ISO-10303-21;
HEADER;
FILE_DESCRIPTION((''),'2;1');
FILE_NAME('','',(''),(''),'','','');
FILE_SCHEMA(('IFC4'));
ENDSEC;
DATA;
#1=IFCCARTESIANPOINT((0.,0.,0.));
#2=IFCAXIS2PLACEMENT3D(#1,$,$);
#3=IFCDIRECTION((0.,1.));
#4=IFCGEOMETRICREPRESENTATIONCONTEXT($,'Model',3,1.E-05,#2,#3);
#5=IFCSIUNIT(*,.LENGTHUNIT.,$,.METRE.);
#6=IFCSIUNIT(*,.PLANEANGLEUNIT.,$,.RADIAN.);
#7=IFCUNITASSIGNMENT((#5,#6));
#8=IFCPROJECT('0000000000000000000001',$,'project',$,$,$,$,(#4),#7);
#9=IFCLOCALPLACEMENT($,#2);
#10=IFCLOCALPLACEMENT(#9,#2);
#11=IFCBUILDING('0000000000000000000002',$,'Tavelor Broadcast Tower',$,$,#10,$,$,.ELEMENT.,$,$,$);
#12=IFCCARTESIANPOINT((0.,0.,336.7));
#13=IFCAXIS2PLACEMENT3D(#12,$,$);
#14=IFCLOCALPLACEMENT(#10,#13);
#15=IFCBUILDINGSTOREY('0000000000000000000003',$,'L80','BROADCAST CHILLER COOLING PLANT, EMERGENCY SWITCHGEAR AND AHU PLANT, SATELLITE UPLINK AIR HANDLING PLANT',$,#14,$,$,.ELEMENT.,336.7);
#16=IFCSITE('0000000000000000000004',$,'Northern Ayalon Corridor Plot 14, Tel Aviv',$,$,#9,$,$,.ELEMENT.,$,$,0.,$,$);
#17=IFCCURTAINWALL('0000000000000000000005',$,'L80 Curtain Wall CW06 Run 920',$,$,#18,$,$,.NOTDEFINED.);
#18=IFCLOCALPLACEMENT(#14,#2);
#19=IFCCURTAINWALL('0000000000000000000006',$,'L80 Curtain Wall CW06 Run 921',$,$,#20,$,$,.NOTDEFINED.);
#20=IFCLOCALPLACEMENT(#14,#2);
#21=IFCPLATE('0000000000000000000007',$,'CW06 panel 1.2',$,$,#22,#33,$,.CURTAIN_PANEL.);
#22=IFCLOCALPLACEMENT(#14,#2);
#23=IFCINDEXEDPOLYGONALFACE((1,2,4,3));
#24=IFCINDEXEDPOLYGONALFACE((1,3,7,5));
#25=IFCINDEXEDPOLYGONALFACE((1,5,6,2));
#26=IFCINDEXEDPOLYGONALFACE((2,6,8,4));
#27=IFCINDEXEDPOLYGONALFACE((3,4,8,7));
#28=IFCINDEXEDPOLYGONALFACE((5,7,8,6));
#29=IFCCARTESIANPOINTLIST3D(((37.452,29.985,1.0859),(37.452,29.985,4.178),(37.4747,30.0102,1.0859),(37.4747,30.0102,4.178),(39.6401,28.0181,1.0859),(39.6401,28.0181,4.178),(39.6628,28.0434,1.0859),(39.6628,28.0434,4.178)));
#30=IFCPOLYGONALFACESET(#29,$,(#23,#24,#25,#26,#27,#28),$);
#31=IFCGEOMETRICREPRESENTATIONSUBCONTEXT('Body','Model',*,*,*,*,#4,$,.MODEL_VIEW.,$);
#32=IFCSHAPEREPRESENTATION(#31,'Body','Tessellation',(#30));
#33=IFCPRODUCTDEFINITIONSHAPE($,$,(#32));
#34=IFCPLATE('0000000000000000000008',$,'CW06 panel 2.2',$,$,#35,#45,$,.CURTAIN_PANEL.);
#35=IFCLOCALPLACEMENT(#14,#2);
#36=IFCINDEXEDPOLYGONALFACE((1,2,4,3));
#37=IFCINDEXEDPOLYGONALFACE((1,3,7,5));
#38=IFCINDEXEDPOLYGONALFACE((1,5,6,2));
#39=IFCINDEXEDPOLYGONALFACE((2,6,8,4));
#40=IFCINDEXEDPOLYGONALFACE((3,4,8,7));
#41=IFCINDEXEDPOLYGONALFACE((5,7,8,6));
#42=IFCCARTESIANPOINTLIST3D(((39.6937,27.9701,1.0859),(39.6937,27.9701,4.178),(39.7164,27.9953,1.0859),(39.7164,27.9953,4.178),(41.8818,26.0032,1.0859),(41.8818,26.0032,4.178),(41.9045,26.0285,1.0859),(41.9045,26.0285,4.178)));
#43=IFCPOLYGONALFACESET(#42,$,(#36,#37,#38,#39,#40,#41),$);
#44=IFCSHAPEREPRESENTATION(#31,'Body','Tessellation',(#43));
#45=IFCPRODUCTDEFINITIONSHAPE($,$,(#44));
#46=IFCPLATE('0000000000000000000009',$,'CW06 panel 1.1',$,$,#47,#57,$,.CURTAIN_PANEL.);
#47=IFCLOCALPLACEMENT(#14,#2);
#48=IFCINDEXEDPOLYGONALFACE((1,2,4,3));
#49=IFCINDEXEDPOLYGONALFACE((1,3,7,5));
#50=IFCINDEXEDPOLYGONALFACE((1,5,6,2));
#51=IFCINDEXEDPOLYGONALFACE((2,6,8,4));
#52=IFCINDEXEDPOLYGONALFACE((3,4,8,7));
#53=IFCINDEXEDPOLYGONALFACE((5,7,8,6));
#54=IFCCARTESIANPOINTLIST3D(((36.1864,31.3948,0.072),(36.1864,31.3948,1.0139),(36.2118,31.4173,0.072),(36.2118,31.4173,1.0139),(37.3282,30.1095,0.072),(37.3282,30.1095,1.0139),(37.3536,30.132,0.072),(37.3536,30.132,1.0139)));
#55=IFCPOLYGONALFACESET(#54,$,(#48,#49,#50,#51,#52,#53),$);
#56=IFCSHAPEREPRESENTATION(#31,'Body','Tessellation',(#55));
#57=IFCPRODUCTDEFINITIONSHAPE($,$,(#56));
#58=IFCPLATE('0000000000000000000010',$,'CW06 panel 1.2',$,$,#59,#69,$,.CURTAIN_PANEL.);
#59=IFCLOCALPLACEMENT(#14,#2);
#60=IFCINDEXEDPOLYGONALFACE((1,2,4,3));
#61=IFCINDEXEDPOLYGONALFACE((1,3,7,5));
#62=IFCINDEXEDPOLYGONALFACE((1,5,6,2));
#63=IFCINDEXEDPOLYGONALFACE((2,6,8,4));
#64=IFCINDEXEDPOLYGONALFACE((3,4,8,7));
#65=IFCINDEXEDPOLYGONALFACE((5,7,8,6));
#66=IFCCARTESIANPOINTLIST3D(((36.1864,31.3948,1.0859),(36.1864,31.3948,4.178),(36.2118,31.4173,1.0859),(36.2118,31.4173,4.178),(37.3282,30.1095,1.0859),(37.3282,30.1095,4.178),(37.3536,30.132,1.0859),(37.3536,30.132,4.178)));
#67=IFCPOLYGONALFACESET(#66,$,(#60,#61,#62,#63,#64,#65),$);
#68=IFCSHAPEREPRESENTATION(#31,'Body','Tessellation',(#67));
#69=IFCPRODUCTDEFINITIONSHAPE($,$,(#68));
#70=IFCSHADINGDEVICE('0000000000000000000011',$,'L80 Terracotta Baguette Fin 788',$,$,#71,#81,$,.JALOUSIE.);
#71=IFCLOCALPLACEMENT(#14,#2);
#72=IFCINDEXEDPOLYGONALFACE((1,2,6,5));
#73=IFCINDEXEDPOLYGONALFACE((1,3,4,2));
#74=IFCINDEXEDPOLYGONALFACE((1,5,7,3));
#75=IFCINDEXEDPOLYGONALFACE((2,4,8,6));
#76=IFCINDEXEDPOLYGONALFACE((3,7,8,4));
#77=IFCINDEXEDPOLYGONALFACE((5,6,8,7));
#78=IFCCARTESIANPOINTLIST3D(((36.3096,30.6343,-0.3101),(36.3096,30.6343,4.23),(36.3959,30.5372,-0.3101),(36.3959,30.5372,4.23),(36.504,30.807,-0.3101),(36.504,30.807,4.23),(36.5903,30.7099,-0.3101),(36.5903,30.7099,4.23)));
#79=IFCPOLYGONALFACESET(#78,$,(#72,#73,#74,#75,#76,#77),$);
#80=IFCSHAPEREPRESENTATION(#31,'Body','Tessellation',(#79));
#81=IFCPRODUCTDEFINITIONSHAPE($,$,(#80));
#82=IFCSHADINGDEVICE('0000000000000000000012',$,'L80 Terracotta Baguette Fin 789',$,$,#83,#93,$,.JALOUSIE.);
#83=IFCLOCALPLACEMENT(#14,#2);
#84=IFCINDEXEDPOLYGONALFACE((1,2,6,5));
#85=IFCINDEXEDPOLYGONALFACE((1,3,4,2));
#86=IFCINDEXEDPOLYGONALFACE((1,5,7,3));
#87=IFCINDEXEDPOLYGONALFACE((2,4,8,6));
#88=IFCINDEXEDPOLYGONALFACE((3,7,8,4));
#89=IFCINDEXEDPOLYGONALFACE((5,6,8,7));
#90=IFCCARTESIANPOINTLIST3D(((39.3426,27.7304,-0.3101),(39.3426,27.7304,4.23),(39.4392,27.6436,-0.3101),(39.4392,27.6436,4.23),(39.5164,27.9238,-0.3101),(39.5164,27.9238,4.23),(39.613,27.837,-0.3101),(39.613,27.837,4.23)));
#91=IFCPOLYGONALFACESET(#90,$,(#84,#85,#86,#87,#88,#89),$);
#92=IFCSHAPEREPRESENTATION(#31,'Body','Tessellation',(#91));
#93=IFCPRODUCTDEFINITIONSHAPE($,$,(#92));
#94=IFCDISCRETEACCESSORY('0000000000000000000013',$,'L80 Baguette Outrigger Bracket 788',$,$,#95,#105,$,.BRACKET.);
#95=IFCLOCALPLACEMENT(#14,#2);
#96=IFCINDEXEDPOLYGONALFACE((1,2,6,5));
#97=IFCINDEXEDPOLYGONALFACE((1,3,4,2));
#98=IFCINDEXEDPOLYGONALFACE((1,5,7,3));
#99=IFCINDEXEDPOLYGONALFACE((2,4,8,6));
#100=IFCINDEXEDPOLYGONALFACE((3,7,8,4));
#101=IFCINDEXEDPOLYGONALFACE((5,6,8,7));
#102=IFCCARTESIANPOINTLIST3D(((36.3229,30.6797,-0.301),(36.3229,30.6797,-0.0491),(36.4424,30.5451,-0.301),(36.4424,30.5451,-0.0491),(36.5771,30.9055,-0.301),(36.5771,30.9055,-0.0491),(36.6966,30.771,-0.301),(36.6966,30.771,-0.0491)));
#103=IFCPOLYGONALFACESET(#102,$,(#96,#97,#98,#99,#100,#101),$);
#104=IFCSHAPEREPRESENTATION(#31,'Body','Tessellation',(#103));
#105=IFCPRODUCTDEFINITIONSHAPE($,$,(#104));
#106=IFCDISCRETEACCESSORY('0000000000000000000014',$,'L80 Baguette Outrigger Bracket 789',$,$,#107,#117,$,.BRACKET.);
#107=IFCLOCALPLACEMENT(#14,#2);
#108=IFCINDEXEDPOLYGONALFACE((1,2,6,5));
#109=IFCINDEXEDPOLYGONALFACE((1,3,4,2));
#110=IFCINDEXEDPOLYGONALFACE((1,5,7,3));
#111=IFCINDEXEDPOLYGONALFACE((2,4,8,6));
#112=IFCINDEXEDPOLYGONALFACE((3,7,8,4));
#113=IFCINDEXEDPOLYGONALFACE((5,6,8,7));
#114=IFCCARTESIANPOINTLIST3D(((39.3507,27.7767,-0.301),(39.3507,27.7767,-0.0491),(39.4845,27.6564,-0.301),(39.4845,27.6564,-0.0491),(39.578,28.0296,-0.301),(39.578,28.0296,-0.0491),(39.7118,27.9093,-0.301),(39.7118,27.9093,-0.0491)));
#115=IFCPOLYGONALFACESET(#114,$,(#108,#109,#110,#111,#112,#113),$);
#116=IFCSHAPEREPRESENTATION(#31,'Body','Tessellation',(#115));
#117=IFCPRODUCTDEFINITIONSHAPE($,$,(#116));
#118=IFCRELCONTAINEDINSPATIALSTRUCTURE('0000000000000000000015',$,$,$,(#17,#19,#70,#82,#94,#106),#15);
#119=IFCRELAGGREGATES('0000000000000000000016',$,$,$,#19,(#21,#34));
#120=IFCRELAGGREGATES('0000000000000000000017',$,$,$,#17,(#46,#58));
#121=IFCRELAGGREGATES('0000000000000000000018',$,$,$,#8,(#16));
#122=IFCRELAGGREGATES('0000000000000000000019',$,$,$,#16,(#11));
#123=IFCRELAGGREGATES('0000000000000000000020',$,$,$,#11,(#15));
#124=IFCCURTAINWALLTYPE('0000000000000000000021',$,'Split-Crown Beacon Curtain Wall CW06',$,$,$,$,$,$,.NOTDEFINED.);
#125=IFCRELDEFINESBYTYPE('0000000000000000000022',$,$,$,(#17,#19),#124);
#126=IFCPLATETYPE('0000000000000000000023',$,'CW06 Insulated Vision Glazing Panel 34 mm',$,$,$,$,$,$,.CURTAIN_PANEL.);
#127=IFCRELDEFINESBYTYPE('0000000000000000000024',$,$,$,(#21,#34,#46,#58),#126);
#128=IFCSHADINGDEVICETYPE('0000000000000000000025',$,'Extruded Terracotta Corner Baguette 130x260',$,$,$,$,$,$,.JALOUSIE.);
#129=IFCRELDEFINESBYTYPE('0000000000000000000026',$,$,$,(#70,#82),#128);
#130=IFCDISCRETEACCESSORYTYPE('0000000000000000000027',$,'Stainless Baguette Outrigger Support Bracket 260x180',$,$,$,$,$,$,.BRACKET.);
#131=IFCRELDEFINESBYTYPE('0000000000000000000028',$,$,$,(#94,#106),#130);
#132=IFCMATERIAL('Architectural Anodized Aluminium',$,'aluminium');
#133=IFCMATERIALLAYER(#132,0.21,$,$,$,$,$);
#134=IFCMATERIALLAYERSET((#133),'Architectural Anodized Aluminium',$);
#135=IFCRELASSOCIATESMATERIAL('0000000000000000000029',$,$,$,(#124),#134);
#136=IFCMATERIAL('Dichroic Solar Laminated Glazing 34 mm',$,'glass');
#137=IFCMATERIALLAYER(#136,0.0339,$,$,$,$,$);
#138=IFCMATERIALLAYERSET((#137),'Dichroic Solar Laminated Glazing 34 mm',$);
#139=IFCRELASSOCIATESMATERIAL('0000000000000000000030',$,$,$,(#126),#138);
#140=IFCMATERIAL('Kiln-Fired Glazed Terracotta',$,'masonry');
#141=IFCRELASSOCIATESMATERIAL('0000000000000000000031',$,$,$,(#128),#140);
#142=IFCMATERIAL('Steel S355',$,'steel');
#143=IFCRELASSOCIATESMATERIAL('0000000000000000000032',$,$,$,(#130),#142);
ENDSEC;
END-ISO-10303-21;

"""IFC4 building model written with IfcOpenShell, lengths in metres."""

from ifc_helpers import new_model, si_unit, direction, frame, origin, origin_2d, place, context, subcontext, project, spatial, rectangle, extrude, source, transform, mapped, material, layer, layer_set, type_object, type_shapes, element, aggregate, save


model = new_model("IFC4")

# Units and contexts
model_context = context("Model", 3, precision=1e-05, world=origin(), true_north=direction((0.0, 1.0)))
body_context = subcontext(model_context, "Body", "Model", "MODEL_VIEW")
ifc_project = project(units=[si_unit("LENGTHUNIT", "METRE"), si_unit("PLANEANGLEUNIT", "RADIAN")], contexts=[model_context])

# Site, building, storey
site_placement = place(None, origin())
site = spatial("IfcSite", under=ifc_project, at=site_placement, Name="Northern Ayalon Corridor Plot 14, Tel Aviv", CompositionType="ELEMENT", RefElevation=0.0)
building_placement = place(site_placement, origin())
building = spatial("IfcBuilding", under=site, at=building_placement, Name="Tavelor Broadcast Tower", CompositionType="ELEMENT")
storey_placement = place(building_placement, frame((0.0, 0.0, 336.7)))
storey = spatial("IfcBuildingStorey", under=building, at=storey_placement, Name="L80", Description="BROADCAST CHILLER COOLING PLANT, EMERGENCY SWITCHGEAR AND AHU PLANT, SATELLITE UPLINK AIR HANDLING PLANT", CompositionType="ELEMENT", Elevation=336.7)

# Shared definitions
ifc_material_1 = material(Name="Steel S355", Category="steel")

# Curtain wall
ifc_material_2 = material(Name="Architectural Anodized Aluminium", Category="aluminium")
ifc_layer_1 = layer(ifc_material_2, 0.21)
ifc_layer_set_1 = layer_set([ifc_layer_1], Name="Architectural Anodized Aluminium")
curtain_wall_type = type_object("IfcCurtainWallType", Name="Split-Crown Beacon Curtain Wall CW06", PredefinedType="NOTDEFINED", material=ifc_layer_set_1)
curtain_wall_1_placement = place(storey_placement, origin())
curtain_wall_1 = element("IfcCurtainWall", 1, at=curtain_wall_1_placement, inside=storey, type_object=curtain_wall_type, Name="L80 Curtain Wall CW06 Run 920", PredefinedType="NOTDEFINED")

# Curtain wall
curtain_wall_2_placement = place(storey_placement, origin())
curtain_wall_2 = element("IfcCurtainWall", 2, at=curtain_wall_2_placement, inside=storey, type_object=curtain_wall_type, Name="L80 Curtain Wall CW06 Run 921", PredefinedType="NOTDEFINED")

# Plates
ifc_material_3 = material(Name="Dichroic Solar Laminated Glazing 34 mm", Category="glass")
ifc_layer_2 = layer(ifc_material_3, 0.0339)
ifc_layer_set_2 = layer_set([ifc_layer_2], Name="Dichroic Solar Laminated Glazing 34 mm")
plate_type_1 = type_object("IfcPlateType", Name="CW06 Insulated Vision Glazing Panel 34 mm", PredefinedType="CURTAIN_PANEL", material=ifc_layer_set_2)
shared_shape_1 = source(origin(), body_context, "Body", "SweptSolid", [
    extrude(rectangle(XDim=2.9421, YDim=0.0339, at=origin_2d()), origin(), (0.0, 0.0, 1.0), 3.092),
])
plate_1_placement = place(storey_placement, frame((38.5574, 29.0142, 1.0859), z_axis=(0.0, 0.0, 1.0), x_axis=(0.743711, -0.668501, 0.0)))
plate_1 = element("IfcPlate", 3, at=plate_1_placement, type_object=plate_type_1, Name="CW06 panel 1.2", PredefinedType="CURTAIN_PANEL", context=body_context, shape_type="MappedRepresentation", body=[
    mapped(shared_shape_1, transform((0.0, 0.0, 0.0), scale=1.0)),
])
plate_2_placement = place(storey_placement, frame((40.7991, 26.9993, 1.0859), z_axis=(0.0, 0.0, 1.0), x_axis=(0.743711, -0.668501, 0.0)))
plate_2 = element("IfcPlate", 4, at=plate_2_placement, type_object=plate_type_1, Name="CW06 panel 2.2", PredefinedType="CURTAIN_PANEL", context=body_context, shape_type="MappedRepresentation", body=[
    mapped(shared_shape_1, transform((0.0, 0.0, 0.0), scale=1.0)),
])
aggregate(curtain_wall_2, [plate_1, plate_2])
shared_shape_2 = source(origin(), body_context, "Body", "SweptSolid", [
    extrude(rectangle(XDim=1.7192, YDim=0.0339, at=origin_2d()), origin(), (0.0, 0.0, 1.0), 0.9419),
])
plate_3_placement = place(storey_placement, frame((36.77, 30.7634, 0.072), z_axis=(0.0, 0.0, 1.0), x_axis=(0.664147, -0.747602, 0.0)))
plate_3 = element("IfcPlate", 5, at=plate_3_placement, type_object=plate_type_1, Name="CW06 panel 1.1", PredefinedType="CURTAIN_PANEL", context=body_context, shape_type="MappedRepresentation", body=[
    mapped(shared_shape_2, transform((0.0, 0.0, 0.0), scale=1.0)),
])
shared_shape_3 = source(origin(), body_context, "Body", "SweptSolid", [
    extrude(rectangle(XDim=1.7192, YDim=0.0339, at=origin_2d()), origin(), (0.0, 0.0, 1.0), 3.092),
])
plate_4_placement = place(storey_placement, frame((36.77, 30.7634, 1.0859), z_axis=(0.0, 0.0, 1.0), x_axis=(0.664147, -0.747602, 0.0)))
plate_4 = element("IfcPlate", 6, at=plate_4_placement, type_object=plate_type_1, Name="CW06 panel 1.2", PredefinedType="CURTAIN_PANEL", context=body_context, shape_type="MappedRepresentation", body=[
    mapped(shared_shape_3, transform((0.0, 0.0, 0.0), scale=1.0)),
])
aggregate(curtain_wall_1, [plate_3, plate_4])

# Shading devices
ifc_material_4 = material(Name="Kiln-Fired Glazed Terracotta", Category="masonry")
shading_device_type = type_object("IfcShadingDeviceType", Name="Extruded Terracotta Corner Baguette 130x260", PredefinedType="JALOUSIE", material=ifc_material_4)
shared_shape_4 = source(origin(), body_context, "Body", "SweptSolid", [
    extrude(rectangle(XDim=0.1299, YDim=0.26, at=origin_2d()), origin(), (0.0, 0.0, 1.0), 4.54),
])
type_shapes(shading_device_type, [shared_shape_4])
for number, where, z_axis, x_axis, name in (
    (7, (36.45, 30.6721, -0.3101), (0.0, 0.0, 1.0), (0.664187, -0.747566, 0.0), "L80 Terracotta Baguette Fin 788"),
    (8, (39.4778, 27.7837, -0.3101), (0.0, 0.0, 1.0), (0.743728, -0.668482, 0.0), "L80 Terracotta Baguette Fin 789"),
):
    element("IfcShadingDevice", number, at=place(storey_placement, frame(where, z_axis=z_axis, x_axis=x_axis)), inside=storey, type_object=shading_device_type, Name=name, PredefinedType="JALOUSIE", context=body_context, shape_type="MappedRepresentation", body=[
        mapped(shared_shape_4, transform((0.0, 0.0, 0.0), scale=1.0)),
    ])

# Discrete accessories
discrete_accessory_type = type_object("IfcDiscreteAccessoryType", Name="Stainless Baguette Outrigger Support Bracket 260x180", PredefinedType="BRACKET", material=ifc_material_1)
shared_shape_5 = source(origin(), body_context, "Body", "SweptSolid", [
    extrude(rectangle(XDim=0.1799, YDim=0.3401, at=origin_2d()), origin(), (0.0, 0.0, 1.0), 0.252),
])
type_shapes(discrete_accessory_type, [shared_shape_5])
for number, where, z_axis, x_axis, name in (
    (9, (36.5098, 30.7253, -0.301), (0.0, 0.0, 1.0), (0.664187, -0.747566, 0.0), "L80 Baguette Outrigger Bracket 788"),
    (10, (39.5312, 27.843, -0.301), (0.0, 0.0, 1.0), (0.743728, -0.668482, 0.0), "L80 Baguette Outrigger Bracket 789"),
):
    element("IfcDiscreteAccessory", number, at=place(storey_placement, frame(where, z_axis=z_axis, x_axis=x_axis)), inside=storey, type_object=discrete_accessory_type, Name=name, PredefinedType="BRACKET", context=body_context, shape_type="MappedRepresentation", body=[
        mapped(shared_shape_5, transform((0.0, 0.0, 0.0), scale=1.0)),
    ])

save(model, "model.ifc")
